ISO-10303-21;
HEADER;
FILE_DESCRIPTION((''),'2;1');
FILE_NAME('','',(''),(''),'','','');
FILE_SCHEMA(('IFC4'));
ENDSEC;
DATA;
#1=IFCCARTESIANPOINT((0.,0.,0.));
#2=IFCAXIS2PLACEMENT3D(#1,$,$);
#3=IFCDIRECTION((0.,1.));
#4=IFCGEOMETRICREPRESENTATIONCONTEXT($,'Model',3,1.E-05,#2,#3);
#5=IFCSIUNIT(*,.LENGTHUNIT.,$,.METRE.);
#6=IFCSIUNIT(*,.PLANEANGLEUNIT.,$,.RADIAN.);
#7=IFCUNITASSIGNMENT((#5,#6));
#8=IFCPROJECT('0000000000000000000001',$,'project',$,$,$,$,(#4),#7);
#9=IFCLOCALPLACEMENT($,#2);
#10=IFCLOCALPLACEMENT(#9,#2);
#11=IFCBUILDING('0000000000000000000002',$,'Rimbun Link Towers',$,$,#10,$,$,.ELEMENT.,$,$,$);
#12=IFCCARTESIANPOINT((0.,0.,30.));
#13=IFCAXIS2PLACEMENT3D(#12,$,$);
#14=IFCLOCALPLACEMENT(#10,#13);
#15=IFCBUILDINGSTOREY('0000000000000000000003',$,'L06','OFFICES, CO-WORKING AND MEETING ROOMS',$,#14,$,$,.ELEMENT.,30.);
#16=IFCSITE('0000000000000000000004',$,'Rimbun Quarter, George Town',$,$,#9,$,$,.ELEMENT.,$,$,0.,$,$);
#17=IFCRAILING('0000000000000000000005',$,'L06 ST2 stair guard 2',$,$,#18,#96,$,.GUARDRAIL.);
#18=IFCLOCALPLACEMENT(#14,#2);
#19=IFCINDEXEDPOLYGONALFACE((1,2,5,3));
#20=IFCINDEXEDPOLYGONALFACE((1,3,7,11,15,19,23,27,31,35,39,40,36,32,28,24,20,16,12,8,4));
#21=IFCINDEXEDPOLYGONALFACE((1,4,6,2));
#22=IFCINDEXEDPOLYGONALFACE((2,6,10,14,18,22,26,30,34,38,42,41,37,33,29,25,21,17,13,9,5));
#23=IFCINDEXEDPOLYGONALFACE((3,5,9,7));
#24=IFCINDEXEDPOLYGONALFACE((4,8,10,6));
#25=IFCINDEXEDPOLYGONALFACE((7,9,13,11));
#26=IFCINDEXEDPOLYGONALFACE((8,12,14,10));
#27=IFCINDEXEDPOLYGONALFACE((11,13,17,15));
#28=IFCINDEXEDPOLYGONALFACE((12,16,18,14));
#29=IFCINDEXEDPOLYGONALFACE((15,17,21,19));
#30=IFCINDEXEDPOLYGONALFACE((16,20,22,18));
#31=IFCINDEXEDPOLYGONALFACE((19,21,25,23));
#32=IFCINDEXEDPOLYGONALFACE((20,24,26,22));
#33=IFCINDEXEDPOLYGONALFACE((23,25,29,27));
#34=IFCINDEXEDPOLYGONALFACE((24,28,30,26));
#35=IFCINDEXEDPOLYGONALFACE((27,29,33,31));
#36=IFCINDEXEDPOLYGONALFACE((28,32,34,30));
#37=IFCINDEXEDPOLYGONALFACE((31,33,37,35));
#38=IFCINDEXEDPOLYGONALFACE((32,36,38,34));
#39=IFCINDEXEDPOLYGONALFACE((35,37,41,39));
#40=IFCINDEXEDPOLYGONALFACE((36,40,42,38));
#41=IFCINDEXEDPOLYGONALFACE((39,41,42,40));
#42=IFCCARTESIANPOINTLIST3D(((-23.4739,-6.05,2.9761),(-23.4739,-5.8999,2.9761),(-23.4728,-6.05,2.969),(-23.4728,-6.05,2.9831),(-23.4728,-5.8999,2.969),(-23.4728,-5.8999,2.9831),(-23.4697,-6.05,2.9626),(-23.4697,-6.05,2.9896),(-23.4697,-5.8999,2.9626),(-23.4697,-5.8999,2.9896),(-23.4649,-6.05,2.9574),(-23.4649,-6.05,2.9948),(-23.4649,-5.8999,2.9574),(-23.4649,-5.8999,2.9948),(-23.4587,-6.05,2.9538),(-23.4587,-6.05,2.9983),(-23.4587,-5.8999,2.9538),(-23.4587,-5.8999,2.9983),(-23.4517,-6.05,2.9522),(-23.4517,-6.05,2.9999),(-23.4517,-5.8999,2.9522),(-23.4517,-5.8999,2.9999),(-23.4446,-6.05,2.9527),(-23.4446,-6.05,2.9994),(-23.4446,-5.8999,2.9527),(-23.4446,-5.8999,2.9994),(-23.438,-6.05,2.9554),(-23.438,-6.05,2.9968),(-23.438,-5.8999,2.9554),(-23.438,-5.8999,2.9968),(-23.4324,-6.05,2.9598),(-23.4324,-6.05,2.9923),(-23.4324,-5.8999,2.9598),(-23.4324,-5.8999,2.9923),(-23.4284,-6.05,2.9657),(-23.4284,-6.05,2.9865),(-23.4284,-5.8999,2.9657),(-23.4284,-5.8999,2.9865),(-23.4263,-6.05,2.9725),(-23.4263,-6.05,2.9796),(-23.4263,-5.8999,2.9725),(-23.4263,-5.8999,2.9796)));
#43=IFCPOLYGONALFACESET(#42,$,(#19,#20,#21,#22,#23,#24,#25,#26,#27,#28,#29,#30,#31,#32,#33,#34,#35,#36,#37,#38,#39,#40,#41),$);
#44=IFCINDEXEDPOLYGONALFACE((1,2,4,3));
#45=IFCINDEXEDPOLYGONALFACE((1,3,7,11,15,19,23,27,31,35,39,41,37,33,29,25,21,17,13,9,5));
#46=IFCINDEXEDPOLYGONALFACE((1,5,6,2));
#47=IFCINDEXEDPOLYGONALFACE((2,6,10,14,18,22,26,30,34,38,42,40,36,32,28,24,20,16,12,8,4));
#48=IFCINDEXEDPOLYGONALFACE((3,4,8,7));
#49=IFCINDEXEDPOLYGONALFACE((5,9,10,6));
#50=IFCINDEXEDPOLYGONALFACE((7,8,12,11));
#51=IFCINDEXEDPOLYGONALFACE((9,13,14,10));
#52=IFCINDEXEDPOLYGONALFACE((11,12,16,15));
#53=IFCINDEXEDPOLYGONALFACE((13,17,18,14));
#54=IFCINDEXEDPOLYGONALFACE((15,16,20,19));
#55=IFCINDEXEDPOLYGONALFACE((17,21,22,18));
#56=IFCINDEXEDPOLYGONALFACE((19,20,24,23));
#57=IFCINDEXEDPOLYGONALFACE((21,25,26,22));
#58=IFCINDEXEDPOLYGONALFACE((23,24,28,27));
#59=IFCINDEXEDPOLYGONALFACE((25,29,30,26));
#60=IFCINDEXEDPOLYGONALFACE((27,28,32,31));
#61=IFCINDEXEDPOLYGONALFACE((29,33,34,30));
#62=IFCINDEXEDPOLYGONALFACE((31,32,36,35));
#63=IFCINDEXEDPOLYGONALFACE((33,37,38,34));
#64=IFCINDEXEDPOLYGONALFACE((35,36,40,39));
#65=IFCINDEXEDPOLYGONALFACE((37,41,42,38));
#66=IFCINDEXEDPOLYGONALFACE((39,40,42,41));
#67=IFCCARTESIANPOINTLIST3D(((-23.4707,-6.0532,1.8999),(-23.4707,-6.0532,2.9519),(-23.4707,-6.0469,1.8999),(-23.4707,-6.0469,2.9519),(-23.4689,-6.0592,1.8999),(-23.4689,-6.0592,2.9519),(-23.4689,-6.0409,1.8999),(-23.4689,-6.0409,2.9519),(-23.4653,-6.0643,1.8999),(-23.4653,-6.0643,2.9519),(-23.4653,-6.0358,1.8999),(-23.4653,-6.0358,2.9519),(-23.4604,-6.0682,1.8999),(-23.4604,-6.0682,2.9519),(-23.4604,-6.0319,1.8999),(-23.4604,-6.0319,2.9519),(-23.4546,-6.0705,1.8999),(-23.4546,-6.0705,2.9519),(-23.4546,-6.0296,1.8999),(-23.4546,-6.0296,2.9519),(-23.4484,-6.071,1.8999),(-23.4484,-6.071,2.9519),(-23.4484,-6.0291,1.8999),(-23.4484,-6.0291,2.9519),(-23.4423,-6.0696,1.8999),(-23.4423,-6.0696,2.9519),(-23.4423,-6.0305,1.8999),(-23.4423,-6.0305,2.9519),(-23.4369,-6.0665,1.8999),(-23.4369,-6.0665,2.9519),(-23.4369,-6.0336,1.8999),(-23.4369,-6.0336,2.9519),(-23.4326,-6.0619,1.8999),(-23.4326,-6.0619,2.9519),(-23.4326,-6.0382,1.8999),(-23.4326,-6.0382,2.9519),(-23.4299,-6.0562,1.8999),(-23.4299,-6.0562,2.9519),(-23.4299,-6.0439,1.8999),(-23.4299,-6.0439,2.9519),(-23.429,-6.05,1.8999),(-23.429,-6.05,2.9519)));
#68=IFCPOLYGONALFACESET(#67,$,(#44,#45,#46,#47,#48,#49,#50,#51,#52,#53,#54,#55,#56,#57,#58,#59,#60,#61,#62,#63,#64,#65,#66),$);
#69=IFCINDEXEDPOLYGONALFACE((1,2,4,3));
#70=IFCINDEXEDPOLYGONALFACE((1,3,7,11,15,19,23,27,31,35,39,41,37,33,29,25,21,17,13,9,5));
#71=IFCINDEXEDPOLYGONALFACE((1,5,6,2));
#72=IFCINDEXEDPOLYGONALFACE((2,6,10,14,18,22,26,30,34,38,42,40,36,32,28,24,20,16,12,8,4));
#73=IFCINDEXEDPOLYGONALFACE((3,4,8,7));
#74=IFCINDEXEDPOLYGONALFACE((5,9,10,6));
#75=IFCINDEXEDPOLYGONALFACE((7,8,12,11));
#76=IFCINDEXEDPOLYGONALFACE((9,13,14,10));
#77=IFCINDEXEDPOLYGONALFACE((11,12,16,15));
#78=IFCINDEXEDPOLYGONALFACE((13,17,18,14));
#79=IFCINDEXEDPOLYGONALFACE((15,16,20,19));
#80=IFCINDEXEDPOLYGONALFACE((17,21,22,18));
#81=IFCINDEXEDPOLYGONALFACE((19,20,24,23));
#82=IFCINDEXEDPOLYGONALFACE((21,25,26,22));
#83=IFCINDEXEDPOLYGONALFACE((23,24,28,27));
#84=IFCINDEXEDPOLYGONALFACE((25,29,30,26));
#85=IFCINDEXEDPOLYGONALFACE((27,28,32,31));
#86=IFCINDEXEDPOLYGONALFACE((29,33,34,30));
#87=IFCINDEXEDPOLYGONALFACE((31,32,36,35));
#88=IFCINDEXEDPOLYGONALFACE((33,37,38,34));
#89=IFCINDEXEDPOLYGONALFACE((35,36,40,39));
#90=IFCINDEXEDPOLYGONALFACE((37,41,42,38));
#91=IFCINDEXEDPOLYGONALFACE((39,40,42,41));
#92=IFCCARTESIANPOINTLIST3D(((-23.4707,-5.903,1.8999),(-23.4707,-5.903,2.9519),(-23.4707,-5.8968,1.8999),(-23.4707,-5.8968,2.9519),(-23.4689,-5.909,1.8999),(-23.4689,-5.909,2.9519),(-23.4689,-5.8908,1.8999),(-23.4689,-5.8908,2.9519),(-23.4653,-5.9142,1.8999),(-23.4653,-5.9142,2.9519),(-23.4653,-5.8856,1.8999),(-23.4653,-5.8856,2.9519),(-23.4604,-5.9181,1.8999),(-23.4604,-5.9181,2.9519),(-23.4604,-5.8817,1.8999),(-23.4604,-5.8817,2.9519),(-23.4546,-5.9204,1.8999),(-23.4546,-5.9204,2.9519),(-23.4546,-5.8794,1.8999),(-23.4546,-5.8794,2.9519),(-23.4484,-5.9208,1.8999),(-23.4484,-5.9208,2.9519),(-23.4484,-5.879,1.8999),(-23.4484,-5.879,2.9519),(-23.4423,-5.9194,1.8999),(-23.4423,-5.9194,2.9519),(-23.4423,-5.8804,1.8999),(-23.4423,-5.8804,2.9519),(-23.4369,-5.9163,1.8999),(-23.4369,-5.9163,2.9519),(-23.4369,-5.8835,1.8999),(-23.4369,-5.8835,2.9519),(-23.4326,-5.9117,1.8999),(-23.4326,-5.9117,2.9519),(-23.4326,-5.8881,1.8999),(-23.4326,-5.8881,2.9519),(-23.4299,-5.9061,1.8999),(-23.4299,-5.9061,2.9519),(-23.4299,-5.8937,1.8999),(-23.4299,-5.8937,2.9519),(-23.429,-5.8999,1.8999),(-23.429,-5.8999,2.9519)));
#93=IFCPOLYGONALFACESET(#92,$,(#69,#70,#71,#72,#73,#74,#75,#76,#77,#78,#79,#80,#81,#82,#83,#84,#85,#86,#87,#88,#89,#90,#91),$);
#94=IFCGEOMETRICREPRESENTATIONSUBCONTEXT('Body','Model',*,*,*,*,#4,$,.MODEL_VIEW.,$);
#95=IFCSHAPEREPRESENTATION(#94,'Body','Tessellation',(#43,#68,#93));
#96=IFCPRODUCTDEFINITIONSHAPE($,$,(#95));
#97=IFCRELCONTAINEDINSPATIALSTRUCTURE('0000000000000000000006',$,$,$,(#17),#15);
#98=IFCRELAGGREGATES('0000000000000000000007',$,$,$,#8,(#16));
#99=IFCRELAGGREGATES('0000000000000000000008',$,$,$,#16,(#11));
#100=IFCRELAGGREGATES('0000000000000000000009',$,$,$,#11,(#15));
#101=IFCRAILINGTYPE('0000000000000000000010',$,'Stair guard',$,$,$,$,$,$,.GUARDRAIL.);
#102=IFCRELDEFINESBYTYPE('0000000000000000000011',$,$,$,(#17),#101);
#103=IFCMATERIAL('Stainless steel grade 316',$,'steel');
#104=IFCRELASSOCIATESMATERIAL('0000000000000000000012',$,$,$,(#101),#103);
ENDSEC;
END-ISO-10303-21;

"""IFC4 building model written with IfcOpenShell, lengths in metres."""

from ifc_helpers import new_model, si_unit, direction, frame, origin, origin_2d, place, context, subcontext, project, spatial, circle, extrude, material, type_object, element, save


model = new_model("IFC4")

# Units and contexts
model_context = context("Model", 3, precision=1e-05, world=origin(), true_north=direction((0.0, 1.0)))
body_context = subcontext(model_context, "Body", "Model", "MODEL_VIEW")
ifc_project = project(units=[si_unit("LENGTHUNIT", "METRE"), si_unit("PLANEANGLEUNIT", "RADIAN")], contexts=[model_context])

# Site, building, storey
site_placement = place(None, origin())
site = spatial("IfcSite", under=ifc_project, at=site_placement, Name="Rimbun Quarter, George Town", CompositionType="ELEMENT", RefElevation=0.0)
building_placement = place(site_placement, origin())
building = spatial("IfcBuilding", under=site, at=building_placement, Name="Rimbun Link Towers", CompositionType="ELEMENT")
storey_placement = place(building_placement, frame((0.0, 0.0, 30.0)))
storey = spatial("IfcBuildingStorey", under=building, at=storey_placement, Name="L06", Description="OFFICES, CO-WORKING AND MEETING ROOMS", CompositionType="ELEMENT", Elevation=30.0)

# Railing
ifc_material_1 = material(Name="Stainless steel grade 316", Category="steel")
railing_type_1 = type_object("IfcRailingType", Name="Stair guard", PredefinedType="GUARDRAIL", material=ifc_material_1)
railing_1_placement = place(storey_placement, frame((-23.45, -6.05, 1.8999)))
element("IfcRailing", 1, at=railing_1_placement, inside=storey, type_object=railing_type_1, Name="L06 ST2 stair guard 2", PredefinedType="GUARDRAIL", context=body_context, shape_type="SweptSolid", body=[
    extrude(circle(Radius=0.0239, at=origin_2d()), frame((0.0, 0.0, 1.0762), z_axis=(0.0, 1.0, 0.0), x_axis=(-1.0, 0.0, 0.0)), (0.0, 0.0, 1.0), 0.1501),
    extrude(circle(Radius=0.021, at=origin_2d()), origin(), (0.0, 0.0, 1.0), 1.052),
    extrude(circle(Radius=0.021, at=origin_2d()), frame((0.0, 0.1501, 0.0)), (0.0, 0.0, 1.0), 1.052),
])

save(model, "model.ifc")
